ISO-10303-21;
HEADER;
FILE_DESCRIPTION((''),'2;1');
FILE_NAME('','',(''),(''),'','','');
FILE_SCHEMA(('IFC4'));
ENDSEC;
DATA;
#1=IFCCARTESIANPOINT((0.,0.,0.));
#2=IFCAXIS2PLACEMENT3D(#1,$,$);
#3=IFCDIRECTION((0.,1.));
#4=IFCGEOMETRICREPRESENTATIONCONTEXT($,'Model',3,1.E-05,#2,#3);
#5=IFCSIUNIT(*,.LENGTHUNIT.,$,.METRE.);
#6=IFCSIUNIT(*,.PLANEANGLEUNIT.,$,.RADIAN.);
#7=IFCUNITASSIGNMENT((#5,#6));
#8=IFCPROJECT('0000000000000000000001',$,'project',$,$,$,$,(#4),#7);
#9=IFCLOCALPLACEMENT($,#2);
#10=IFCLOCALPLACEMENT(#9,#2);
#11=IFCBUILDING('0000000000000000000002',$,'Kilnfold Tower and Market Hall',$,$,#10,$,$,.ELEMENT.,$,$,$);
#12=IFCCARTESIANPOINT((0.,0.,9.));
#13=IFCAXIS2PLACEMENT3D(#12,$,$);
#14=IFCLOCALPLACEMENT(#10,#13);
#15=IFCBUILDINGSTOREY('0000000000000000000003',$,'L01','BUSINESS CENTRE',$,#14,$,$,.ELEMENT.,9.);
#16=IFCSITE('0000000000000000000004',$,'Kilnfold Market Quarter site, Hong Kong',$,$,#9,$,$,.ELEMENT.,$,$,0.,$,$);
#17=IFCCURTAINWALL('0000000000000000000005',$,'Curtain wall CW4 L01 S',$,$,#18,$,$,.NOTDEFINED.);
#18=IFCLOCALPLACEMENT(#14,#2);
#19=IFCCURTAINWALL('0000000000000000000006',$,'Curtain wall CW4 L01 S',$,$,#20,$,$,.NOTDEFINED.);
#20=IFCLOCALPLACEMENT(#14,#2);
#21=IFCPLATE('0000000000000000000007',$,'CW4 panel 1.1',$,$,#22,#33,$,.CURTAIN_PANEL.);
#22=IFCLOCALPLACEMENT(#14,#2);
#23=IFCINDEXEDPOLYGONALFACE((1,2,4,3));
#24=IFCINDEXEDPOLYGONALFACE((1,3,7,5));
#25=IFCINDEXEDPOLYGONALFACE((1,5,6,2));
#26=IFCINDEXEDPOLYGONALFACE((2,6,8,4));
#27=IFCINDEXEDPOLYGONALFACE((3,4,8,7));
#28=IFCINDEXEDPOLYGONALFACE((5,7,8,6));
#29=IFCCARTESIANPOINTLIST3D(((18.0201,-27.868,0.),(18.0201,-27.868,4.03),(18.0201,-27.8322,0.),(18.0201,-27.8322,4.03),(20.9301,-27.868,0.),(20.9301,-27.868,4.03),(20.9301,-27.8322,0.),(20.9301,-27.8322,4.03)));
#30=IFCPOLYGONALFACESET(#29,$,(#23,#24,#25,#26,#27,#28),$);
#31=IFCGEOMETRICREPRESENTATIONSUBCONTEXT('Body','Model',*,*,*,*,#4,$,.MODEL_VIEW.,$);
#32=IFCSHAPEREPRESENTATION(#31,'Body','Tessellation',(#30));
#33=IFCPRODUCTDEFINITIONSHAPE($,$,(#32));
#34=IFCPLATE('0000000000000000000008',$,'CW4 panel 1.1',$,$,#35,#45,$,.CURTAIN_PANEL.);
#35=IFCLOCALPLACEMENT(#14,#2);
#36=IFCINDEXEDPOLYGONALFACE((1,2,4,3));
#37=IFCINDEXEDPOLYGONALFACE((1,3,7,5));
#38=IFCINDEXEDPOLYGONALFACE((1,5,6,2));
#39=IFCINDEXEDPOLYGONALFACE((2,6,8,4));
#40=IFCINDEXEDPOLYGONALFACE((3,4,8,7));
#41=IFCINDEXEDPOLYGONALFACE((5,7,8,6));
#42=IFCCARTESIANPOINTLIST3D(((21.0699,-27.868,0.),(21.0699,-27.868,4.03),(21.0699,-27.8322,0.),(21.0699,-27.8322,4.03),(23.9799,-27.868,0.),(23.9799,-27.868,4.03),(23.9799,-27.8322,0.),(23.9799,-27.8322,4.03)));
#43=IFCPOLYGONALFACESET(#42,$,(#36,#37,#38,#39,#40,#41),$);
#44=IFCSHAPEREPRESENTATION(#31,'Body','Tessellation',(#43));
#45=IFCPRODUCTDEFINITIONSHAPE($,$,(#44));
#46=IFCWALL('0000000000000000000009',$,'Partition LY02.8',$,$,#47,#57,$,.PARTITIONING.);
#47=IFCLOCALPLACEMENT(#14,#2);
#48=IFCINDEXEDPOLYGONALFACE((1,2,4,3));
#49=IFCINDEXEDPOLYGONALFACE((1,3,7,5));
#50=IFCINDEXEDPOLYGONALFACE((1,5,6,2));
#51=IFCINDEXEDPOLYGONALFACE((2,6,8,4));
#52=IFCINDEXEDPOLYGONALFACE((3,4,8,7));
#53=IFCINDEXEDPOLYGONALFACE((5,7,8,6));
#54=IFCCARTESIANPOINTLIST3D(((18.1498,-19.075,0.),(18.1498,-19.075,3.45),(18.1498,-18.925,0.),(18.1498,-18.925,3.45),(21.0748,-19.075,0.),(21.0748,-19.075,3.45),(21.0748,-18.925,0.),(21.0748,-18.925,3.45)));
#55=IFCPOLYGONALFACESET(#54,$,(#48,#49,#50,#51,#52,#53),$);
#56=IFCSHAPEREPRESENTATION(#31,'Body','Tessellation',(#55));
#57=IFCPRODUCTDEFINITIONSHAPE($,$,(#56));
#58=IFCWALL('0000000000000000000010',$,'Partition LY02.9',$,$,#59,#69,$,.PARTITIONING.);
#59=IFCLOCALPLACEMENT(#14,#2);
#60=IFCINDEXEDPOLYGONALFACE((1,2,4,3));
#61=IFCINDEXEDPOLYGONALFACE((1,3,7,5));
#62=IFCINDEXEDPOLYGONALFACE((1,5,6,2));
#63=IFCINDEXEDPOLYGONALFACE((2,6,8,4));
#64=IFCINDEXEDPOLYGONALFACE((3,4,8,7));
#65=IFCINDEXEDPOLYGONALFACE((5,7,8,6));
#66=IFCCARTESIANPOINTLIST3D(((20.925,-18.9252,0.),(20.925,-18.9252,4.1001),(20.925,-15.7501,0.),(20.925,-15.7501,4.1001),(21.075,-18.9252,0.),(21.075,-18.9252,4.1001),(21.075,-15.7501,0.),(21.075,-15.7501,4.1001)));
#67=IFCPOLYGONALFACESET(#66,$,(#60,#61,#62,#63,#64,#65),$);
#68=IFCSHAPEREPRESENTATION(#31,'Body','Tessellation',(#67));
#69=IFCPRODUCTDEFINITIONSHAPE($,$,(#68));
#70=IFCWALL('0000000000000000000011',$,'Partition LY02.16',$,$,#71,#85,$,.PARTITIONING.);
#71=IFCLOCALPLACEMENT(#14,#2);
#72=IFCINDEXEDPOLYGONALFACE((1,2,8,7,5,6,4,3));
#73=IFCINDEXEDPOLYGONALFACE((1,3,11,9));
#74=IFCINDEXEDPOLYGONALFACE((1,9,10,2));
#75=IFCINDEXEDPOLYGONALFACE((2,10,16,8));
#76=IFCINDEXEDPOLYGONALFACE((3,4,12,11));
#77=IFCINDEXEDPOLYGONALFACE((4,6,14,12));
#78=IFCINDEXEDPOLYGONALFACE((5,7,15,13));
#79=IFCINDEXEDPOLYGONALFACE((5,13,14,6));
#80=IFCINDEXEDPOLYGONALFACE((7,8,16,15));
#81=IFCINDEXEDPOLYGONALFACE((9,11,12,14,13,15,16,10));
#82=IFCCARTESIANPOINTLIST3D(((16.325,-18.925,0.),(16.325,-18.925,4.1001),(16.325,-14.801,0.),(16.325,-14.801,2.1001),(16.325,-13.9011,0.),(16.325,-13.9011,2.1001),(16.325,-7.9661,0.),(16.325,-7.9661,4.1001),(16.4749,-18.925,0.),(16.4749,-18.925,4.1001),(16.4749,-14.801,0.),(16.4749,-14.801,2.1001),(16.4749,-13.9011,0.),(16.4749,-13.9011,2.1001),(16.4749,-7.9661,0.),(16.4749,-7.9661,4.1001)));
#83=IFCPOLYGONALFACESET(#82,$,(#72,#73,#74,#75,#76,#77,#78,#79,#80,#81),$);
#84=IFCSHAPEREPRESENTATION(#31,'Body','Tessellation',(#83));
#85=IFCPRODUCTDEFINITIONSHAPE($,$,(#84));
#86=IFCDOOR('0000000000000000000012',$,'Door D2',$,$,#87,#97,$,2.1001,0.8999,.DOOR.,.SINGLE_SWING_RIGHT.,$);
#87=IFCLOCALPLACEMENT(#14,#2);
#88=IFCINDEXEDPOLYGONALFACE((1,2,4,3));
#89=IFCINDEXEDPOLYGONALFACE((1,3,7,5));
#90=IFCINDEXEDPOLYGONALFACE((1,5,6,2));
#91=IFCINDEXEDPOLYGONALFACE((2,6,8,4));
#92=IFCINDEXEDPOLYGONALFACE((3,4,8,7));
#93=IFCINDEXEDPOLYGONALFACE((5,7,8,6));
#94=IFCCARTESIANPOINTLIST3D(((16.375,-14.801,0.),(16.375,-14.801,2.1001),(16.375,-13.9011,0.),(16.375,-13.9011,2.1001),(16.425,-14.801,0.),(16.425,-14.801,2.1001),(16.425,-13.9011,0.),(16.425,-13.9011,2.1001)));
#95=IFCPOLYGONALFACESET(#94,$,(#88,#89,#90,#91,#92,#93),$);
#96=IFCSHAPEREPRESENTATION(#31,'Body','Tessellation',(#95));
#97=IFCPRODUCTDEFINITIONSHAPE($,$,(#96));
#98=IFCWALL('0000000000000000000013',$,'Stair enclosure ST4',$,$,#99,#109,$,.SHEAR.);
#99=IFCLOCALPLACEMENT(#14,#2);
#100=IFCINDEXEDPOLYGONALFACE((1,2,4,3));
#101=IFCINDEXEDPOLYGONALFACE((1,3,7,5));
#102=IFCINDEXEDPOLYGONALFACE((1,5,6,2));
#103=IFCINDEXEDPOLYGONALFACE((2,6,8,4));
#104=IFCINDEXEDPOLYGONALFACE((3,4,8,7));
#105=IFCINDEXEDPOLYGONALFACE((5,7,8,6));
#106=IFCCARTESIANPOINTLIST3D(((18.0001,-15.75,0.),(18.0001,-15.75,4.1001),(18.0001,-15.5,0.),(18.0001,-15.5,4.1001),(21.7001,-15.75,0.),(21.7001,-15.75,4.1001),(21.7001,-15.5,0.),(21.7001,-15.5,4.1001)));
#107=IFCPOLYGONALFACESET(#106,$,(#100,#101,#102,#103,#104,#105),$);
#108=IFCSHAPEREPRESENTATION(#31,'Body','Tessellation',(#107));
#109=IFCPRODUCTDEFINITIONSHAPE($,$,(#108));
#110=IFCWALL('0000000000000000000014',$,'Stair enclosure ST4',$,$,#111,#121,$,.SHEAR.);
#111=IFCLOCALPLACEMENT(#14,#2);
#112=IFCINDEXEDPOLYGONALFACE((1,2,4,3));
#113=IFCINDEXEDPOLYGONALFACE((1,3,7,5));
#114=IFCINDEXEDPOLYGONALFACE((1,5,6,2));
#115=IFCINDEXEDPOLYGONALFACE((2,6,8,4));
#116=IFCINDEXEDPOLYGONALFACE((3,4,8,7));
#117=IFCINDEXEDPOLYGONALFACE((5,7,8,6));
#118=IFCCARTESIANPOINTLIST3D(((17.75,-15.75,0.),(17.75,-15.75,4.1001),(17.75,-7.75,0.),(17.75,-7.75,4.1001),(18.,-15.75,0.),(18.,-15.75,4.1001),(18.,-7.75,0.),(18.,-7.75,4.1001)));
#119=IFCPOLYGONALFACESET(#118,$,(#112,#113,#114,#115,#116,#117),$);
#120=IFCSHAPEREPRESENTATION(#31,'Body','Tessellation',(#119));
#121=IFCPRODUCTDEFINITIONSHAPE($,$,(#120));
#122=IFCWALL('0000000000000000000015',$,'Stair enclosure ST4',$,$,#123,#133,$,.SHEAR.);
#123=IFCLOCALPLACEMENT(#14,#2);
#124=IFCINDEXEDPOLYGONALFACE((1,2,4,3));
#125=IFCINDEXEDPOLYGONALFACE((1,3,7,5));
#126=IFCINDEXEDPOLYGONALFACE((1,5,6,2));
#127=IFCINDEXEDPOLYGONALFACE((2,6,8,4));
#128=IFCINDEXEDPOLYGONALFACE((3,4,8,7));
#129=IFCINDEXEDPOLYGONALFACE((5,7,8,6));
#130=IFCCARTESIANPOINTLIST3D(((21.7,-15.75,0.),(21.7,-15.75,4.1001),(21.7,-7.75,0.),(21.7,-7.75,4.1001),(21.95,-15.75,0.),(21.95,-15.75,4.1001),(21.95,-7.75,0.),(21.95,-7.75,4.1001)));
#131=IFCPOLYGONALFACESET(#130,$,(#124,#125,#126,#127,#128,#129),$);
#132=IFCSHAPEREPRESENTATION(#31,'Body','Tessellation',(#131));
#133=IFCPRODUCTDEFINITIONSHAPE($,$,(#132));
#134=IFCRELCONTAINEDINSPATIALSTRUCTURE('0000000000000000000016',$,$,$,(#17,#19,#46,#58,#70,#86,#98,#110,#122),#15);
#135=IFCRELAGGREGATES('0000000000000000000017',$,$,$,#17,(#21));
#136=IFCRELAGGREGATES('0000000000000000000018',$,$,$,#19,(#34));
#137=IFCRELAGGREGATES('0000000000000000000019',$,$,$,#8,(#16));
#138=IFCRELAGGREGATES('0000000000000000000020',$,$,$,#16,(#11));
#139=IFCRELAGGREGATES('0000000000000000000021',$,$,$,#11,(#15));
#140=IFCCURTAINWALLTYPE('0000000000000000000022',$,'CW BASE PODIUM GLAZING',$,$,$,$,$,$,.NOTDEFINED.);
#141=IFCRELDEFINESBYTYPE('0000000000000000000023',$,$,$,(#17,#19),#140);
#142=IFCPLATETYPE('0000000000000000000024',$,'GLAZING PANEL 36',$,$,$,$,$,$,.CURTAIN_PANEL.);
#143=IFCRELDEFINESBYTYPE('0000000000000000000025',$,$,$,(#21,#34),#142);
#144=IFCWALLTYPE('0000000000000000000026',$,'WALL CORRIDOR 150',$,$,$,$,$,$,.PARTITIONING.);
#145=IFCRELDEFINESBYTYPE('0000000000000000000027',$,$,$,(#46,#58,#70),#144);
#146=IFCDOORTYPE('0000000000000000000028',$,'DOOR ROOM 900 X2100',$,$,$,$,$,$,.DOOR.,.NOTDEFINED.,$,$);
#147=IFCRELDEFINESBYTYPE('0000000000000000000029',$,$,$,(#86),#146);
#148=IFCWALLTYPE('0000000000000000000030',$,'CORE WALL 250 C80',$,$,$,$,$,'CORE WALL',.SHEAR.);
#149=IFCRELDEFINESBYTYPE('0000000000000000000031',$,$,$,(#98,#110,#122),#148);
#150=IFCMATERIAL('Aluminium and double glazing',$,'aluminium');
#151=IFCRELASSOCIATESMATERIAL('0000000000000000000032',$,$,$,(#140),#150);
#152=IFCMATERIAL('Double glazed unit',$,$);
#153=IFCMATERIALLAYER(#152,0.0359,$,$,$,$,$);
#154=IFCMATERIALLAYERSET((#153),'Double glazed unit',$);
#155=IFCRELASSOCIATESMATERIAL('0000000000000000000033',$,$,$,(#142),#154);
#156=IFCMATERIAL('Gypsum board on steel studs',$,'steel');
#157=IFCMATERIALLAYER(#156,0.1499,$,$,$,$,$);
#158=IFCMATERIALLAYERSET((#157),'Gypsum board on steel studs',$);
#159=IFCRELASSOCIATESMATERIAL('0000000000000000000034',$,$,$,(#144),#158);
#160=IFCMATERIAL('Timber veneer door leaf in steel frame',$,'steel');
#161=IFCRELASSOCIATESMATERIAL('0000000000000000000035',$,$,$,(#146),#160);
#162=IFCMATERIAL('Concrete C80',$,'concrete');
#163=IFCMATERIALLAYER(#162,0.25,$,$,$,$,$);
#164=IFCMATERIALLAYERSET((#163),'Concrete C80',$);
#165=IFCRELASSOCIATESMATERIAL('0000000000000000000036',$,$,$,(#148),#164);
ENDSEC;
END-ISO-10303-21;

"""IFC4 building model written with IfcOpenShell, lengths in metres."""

from ifc_helpers import new_model, si_unit, direction, frame, frame_2d, origin, origin_2d, place, context, subcontext, project, spatial, rectangle, extrude, source, transform, mapped, material, layer, layer_set, type_object, element, fill, aggregate, save


model = new_model("IFC4")

# Units and contexts
model_context = context("Model", 3, precision=1e-05, world=origin(), true_north=direction((0.0, 1.0)))
body_context = subcontext(model_context, "Body", "Model", "MODEL_VIEW")
ifc_project = project(units=[si_unit("LENGTHUNIT", "METRE"), si_unit("PLANEANGLEUNIT", "RADIAN")], contexts=[model_context])

# Site, building, storey
site_placement = place(None, origin())
site = spatial("IfcSite", under=ifc_project, at=site_placement, Name="Kilnfold Market Quarter site, Hong Kong", CompositionType="ELEMENT", RefElevation=0.0)
building_placement = place(site_placement, origin())
building = spatial("IfcBuilding", under=site, at=building_placement, Name="Kilnfold Tower and Market Hall", CompositionType="ELEMENT")
storey_placement = place(building_placement, frame((0.0, 0.0, 9.0)))
storey = spatial("IfcBuildingStorey", under=building, at=storey_placement, Name="L01", Description="BUSINESS CENTRE", CompositionType="ELEMENT", Elevation=9.0)

# Shared definitions
ifc_material_1 = material(Name="Aluminium and double glazing", Category="aluminium")
curtain_wall_type = type_object("IfcCurtainWallType", Name="CW BASE PODIUM GLAZING", PredefinedType="NOTDEFINED", material=ifc_material_1)

# Curtain walls
curtain_wall_1_placement = place(storey_placement, origin())
curtain_wall_1 = element("IfcCurtainWall", 1, at=curtain_wall_1_placement, inside=storey, type_object=curtain_wall_type, Name="Curtain wall CW4 L01 S", PredefinedType="NOTDEFINED")
curtain_wall_2_placement = place(storey_placement, origin())
curtain_wall_2 = element("IfcCurtainWall", 2, at=curtain_wall_2_placement, inside=storey, type_object=curtain_wall_type, Name="Curtain wall CW4 L01 S", PredefinedType="NOTDEFINED")

# Plates
ifc_material_2 = material(Name="Double glazed unit")
ifc_layer_1 = layer(ifc_material_2, 0.0359)
ifc_layer_set_1 = layer_set([ifc_layer_1], Name="Double glazed unit")
plate_type = type_object("IfcPlateType", Name="GLAZING PANEL 36", PredefinedType="CURTAIN_PANEL", material=ifc_layer_set_1)
shared_shape_1 = source(origin(), body_context, "Body", "SweptSolid", [
    extrude(rectangle(XDim=2.9099, YDim=0.0359, at=origin_2d()), origin(), (0.0, 0.0, 1.0), 4.03),
])
plate_1_placement = place(storey_placement, frame((19.4751, -27.8501, 0.0), z_axis=(0.0, 0.0, 1.0), x_axis=(1.0, 0.0, 0.0)))
plate_1 = element("IfcPlate", 3, at=plate_1_placement, type_object=plate_type, Name="CW4 panel 1.1", PredefinedType="CURTAIN_PANEL", context=body_context, shape_type="MappedRepresentation", body=[
    mapped(shared_shape_1, transform((0.0, 0.0, 0.0))),
])
aggregate(curtain_wall_1, [plate_1])
plate_2_placement = place(storey_placement, frame((22.5249, -27.8501, 0.0), z_axis=(0.0, 0.0, 1.0), x_axis=(1.0, 0.0, 0.0)))
plate_2 = element("IfcPlate", 4, at=plate_2_placement, type_object=plate_type, Name="CW4 panel 1.1", PredefinedType="CURTAIN_PANEL", context=body_context, shape_type="MappedRepresentation", body=[
    mapped(shared_shape_1, transform((0.0, 0.0, 0.0))),
])
aggregate(curtain_wall_2, [plate_2])

# Walls
ifc_material_3 = material(Name="Gypsum board on steel studs", Category="steel")
ifc_layer_2 = layer(ifc_material_3, 0.1499)
ifc_layer_set_2 = layer_set([ifc_layer_2], Name="Gypsum board on steel studs")
wall_type_1 = type_object("IfcWallType", Name="WALL CORRIDOR 150", PredefinedType="PARTITIONING", material=ifc_layer_set_2)
wall_1_placement = place(storey_placement, frame((18.1499, -19.0, 0.0), z_axis=(0.0, 0.0, 1.0), x_axis=(1.0, 0.0, 0.0)))
element("IfcWall", 5, at=wall_1_placement, inside=storey, type_object=wall_type_1, Name="Partition LY02.8", PredefinedType="PARTITIONING", context=body_context, shape_type="SweptSolid", body=[
    extrude(rectangle(XDim=2.925, YDim=0.1499, at=frame_2d((1.4624, 0.0))), origin(), (0.0, 0.0, 1.0), 3.45),
])
wall_2_placement = place(storey_placement, frame((21.0, -18.925, 0.0), z_axis=(0.0, 0.0, 1.0), x_axis=(0.0, 1.0, 0.0)))
element("IfcWall", 6, at=wall_2_placement, inside=storey, type_object=wall_type_1, Name="Partition LY02.9", PredefinedType="PARTITIONING", context=body_context, shape_type="SweptSolid", body=[
    extrude(rectangle(XDim=3.175, YDim=0.1499, at=frame_2d((1.5874, 0.0))), origin(), (0.0, 0.0, 1.0), 4.1001),
])

# Wall, opening, door
wall_3_placement = place(storey_placement, frame((16.3999, -18.925, 0.0), z_axis=(0.0, 0.0, 1.0), x_axis=(0.0, 1.0, 0.0)))
wall_3 = element("IfcWall", 7, at=wall_3_placement, inside=storey, type_object=wall_type_1, Name="Partition LY02.16", PredefinedType="PARTITIONING", context=body_context, shape_type="SweptSolid", body=[
    extrude(rectangle(XDim=10.959, YDim=0.1499, at=frame_2d((5.4795, 0.0))), origin(), (0.0, 0.0, 1.0), 4.1001),
])
opening_placement = place(wall_3_placement, frame((4.124, 0.0, 0.0)))
opening = element("IfcOpeningElement", 8, at=opening_placement, cuts=wall_3, PredefinedType="OPENING", context=body_context, shape_type="SweptSolid", body=[
    extrude(rectangle(XDim=0.8999, YDim=2.1001, at=frame_2d((0.45, 1.05))), frame((0.0, 0.085, 0.0), z_axis=(0.0, -1.0, 0.0), x_axis=(1.0, 0.0, 0.0)), (0.0, 0.0, 1.0), 0.1699),
])
ifc_material_4 = material(Name="Timber veneer door leaf in steel frame", Category="steel")
door_type = type_object("IfcDoorType", Name="DOOR ROOM 900 X2100", OperationType="NOTDEFINED", PredefinedType="DOOR", material=ifc_material_4)
door_placement = place(opening_placement, origin())
door = element("IfcDoor", 9, at=door_placement, inside=storey, type_object=door_type, Name="Door D2", OperationType="SINGLE_SWING_RIGHT", OverallHeight=2.1001, OverallWidth=0.8999, PredefinedType="DOOR", context=body_context, shape_type="SweptSolid", body=[
    extrude(rectangle(XDim=0.8999, YDim=2.1001, at=frame_2d((0.45, 1.05))), frame((0.0, 0.0249, 0.0), z_axis=(0.0, -1.0, 0.0), x_axis=(1.0, 0.0, 0.0)), (0.0, 0.0, 1.0), 0.05),
])
fill(opening, door)

# Walls
ifc_material_5 = material(Name="Concrete C80", Category="concrete")
ifc_layer_3 = layer(ifc_material_5, 0.25)
ifc_layer_set_3 = layer_set([ifc_layer_3], Name="Concrete C80")
wall_type_2 = type_object("IfcWallType", Name="CORE WALL 250 C80", ElementType="CORE WALL", PredefinedType="SHEAR", material=ifc_layer_set_3)
shared_shape_2 = source(origin(), body_context, "Body", "SweptSolid", [
    extrude(rectangle(XDim=3.7, YDim=0.25, at=frame_2d((1.8501, 0.0))), origin(), (0.0, 0.0, 1.0), 4.1001),
])
wall_4_placement = place(storey_placement, frame((18.0, -15.625, 0.0), z_axis=(0.0, 0.0, 1.0), x_axis=(1.0, 0.0, 0.0)))
element("IfcWall", 10, at=wall_4_placement, inside=storey, type_object=wall_type_2, Name="Stair enclosure ST4", PredefinedType="SHEAR", context=body_context, shape_type="MappedRepresentation", body=[
    mapped(shared_shape_2, transform((0.0, 0.0, 0.0))),
])
shared_shape_3 = source(origin(), body_context, "Body", "SweptSolid", [
    extrude(rectangle(XDim=8.0, YDim=0.25, at=frame_2d((4.0, 0.0))), origin(), (0.0, 0.0, 1.0), 4.1001),
])
for number, where, z_axis, x_axis, name in (
    (11, (17.875, -15.75, 0.0), (0.0, 0.0, 1.0), (0.0, 1.0, 0.0), "Stair enclosure ST4"),
    (12, (21.825, -15.75, 0.0), (0.0, 0.0, 1.0), (0.0, 1.0, 0.0), "Stair enclosure ST4"),
):
    element("IfcWall", number, at=place(storey_placement, frame(where, z_axis=z_axis, x_axis=x_axis)), inside=storey, type_object=wall_type_2, Name=name, PredefinedType="SHEAR", context=body_context, shape_type="MappedRepresentation", body=[
        mapped(shared_shape_3, transform((0.0, 0.0, 0.0))),
    ])

save(model, "model.ifc")
